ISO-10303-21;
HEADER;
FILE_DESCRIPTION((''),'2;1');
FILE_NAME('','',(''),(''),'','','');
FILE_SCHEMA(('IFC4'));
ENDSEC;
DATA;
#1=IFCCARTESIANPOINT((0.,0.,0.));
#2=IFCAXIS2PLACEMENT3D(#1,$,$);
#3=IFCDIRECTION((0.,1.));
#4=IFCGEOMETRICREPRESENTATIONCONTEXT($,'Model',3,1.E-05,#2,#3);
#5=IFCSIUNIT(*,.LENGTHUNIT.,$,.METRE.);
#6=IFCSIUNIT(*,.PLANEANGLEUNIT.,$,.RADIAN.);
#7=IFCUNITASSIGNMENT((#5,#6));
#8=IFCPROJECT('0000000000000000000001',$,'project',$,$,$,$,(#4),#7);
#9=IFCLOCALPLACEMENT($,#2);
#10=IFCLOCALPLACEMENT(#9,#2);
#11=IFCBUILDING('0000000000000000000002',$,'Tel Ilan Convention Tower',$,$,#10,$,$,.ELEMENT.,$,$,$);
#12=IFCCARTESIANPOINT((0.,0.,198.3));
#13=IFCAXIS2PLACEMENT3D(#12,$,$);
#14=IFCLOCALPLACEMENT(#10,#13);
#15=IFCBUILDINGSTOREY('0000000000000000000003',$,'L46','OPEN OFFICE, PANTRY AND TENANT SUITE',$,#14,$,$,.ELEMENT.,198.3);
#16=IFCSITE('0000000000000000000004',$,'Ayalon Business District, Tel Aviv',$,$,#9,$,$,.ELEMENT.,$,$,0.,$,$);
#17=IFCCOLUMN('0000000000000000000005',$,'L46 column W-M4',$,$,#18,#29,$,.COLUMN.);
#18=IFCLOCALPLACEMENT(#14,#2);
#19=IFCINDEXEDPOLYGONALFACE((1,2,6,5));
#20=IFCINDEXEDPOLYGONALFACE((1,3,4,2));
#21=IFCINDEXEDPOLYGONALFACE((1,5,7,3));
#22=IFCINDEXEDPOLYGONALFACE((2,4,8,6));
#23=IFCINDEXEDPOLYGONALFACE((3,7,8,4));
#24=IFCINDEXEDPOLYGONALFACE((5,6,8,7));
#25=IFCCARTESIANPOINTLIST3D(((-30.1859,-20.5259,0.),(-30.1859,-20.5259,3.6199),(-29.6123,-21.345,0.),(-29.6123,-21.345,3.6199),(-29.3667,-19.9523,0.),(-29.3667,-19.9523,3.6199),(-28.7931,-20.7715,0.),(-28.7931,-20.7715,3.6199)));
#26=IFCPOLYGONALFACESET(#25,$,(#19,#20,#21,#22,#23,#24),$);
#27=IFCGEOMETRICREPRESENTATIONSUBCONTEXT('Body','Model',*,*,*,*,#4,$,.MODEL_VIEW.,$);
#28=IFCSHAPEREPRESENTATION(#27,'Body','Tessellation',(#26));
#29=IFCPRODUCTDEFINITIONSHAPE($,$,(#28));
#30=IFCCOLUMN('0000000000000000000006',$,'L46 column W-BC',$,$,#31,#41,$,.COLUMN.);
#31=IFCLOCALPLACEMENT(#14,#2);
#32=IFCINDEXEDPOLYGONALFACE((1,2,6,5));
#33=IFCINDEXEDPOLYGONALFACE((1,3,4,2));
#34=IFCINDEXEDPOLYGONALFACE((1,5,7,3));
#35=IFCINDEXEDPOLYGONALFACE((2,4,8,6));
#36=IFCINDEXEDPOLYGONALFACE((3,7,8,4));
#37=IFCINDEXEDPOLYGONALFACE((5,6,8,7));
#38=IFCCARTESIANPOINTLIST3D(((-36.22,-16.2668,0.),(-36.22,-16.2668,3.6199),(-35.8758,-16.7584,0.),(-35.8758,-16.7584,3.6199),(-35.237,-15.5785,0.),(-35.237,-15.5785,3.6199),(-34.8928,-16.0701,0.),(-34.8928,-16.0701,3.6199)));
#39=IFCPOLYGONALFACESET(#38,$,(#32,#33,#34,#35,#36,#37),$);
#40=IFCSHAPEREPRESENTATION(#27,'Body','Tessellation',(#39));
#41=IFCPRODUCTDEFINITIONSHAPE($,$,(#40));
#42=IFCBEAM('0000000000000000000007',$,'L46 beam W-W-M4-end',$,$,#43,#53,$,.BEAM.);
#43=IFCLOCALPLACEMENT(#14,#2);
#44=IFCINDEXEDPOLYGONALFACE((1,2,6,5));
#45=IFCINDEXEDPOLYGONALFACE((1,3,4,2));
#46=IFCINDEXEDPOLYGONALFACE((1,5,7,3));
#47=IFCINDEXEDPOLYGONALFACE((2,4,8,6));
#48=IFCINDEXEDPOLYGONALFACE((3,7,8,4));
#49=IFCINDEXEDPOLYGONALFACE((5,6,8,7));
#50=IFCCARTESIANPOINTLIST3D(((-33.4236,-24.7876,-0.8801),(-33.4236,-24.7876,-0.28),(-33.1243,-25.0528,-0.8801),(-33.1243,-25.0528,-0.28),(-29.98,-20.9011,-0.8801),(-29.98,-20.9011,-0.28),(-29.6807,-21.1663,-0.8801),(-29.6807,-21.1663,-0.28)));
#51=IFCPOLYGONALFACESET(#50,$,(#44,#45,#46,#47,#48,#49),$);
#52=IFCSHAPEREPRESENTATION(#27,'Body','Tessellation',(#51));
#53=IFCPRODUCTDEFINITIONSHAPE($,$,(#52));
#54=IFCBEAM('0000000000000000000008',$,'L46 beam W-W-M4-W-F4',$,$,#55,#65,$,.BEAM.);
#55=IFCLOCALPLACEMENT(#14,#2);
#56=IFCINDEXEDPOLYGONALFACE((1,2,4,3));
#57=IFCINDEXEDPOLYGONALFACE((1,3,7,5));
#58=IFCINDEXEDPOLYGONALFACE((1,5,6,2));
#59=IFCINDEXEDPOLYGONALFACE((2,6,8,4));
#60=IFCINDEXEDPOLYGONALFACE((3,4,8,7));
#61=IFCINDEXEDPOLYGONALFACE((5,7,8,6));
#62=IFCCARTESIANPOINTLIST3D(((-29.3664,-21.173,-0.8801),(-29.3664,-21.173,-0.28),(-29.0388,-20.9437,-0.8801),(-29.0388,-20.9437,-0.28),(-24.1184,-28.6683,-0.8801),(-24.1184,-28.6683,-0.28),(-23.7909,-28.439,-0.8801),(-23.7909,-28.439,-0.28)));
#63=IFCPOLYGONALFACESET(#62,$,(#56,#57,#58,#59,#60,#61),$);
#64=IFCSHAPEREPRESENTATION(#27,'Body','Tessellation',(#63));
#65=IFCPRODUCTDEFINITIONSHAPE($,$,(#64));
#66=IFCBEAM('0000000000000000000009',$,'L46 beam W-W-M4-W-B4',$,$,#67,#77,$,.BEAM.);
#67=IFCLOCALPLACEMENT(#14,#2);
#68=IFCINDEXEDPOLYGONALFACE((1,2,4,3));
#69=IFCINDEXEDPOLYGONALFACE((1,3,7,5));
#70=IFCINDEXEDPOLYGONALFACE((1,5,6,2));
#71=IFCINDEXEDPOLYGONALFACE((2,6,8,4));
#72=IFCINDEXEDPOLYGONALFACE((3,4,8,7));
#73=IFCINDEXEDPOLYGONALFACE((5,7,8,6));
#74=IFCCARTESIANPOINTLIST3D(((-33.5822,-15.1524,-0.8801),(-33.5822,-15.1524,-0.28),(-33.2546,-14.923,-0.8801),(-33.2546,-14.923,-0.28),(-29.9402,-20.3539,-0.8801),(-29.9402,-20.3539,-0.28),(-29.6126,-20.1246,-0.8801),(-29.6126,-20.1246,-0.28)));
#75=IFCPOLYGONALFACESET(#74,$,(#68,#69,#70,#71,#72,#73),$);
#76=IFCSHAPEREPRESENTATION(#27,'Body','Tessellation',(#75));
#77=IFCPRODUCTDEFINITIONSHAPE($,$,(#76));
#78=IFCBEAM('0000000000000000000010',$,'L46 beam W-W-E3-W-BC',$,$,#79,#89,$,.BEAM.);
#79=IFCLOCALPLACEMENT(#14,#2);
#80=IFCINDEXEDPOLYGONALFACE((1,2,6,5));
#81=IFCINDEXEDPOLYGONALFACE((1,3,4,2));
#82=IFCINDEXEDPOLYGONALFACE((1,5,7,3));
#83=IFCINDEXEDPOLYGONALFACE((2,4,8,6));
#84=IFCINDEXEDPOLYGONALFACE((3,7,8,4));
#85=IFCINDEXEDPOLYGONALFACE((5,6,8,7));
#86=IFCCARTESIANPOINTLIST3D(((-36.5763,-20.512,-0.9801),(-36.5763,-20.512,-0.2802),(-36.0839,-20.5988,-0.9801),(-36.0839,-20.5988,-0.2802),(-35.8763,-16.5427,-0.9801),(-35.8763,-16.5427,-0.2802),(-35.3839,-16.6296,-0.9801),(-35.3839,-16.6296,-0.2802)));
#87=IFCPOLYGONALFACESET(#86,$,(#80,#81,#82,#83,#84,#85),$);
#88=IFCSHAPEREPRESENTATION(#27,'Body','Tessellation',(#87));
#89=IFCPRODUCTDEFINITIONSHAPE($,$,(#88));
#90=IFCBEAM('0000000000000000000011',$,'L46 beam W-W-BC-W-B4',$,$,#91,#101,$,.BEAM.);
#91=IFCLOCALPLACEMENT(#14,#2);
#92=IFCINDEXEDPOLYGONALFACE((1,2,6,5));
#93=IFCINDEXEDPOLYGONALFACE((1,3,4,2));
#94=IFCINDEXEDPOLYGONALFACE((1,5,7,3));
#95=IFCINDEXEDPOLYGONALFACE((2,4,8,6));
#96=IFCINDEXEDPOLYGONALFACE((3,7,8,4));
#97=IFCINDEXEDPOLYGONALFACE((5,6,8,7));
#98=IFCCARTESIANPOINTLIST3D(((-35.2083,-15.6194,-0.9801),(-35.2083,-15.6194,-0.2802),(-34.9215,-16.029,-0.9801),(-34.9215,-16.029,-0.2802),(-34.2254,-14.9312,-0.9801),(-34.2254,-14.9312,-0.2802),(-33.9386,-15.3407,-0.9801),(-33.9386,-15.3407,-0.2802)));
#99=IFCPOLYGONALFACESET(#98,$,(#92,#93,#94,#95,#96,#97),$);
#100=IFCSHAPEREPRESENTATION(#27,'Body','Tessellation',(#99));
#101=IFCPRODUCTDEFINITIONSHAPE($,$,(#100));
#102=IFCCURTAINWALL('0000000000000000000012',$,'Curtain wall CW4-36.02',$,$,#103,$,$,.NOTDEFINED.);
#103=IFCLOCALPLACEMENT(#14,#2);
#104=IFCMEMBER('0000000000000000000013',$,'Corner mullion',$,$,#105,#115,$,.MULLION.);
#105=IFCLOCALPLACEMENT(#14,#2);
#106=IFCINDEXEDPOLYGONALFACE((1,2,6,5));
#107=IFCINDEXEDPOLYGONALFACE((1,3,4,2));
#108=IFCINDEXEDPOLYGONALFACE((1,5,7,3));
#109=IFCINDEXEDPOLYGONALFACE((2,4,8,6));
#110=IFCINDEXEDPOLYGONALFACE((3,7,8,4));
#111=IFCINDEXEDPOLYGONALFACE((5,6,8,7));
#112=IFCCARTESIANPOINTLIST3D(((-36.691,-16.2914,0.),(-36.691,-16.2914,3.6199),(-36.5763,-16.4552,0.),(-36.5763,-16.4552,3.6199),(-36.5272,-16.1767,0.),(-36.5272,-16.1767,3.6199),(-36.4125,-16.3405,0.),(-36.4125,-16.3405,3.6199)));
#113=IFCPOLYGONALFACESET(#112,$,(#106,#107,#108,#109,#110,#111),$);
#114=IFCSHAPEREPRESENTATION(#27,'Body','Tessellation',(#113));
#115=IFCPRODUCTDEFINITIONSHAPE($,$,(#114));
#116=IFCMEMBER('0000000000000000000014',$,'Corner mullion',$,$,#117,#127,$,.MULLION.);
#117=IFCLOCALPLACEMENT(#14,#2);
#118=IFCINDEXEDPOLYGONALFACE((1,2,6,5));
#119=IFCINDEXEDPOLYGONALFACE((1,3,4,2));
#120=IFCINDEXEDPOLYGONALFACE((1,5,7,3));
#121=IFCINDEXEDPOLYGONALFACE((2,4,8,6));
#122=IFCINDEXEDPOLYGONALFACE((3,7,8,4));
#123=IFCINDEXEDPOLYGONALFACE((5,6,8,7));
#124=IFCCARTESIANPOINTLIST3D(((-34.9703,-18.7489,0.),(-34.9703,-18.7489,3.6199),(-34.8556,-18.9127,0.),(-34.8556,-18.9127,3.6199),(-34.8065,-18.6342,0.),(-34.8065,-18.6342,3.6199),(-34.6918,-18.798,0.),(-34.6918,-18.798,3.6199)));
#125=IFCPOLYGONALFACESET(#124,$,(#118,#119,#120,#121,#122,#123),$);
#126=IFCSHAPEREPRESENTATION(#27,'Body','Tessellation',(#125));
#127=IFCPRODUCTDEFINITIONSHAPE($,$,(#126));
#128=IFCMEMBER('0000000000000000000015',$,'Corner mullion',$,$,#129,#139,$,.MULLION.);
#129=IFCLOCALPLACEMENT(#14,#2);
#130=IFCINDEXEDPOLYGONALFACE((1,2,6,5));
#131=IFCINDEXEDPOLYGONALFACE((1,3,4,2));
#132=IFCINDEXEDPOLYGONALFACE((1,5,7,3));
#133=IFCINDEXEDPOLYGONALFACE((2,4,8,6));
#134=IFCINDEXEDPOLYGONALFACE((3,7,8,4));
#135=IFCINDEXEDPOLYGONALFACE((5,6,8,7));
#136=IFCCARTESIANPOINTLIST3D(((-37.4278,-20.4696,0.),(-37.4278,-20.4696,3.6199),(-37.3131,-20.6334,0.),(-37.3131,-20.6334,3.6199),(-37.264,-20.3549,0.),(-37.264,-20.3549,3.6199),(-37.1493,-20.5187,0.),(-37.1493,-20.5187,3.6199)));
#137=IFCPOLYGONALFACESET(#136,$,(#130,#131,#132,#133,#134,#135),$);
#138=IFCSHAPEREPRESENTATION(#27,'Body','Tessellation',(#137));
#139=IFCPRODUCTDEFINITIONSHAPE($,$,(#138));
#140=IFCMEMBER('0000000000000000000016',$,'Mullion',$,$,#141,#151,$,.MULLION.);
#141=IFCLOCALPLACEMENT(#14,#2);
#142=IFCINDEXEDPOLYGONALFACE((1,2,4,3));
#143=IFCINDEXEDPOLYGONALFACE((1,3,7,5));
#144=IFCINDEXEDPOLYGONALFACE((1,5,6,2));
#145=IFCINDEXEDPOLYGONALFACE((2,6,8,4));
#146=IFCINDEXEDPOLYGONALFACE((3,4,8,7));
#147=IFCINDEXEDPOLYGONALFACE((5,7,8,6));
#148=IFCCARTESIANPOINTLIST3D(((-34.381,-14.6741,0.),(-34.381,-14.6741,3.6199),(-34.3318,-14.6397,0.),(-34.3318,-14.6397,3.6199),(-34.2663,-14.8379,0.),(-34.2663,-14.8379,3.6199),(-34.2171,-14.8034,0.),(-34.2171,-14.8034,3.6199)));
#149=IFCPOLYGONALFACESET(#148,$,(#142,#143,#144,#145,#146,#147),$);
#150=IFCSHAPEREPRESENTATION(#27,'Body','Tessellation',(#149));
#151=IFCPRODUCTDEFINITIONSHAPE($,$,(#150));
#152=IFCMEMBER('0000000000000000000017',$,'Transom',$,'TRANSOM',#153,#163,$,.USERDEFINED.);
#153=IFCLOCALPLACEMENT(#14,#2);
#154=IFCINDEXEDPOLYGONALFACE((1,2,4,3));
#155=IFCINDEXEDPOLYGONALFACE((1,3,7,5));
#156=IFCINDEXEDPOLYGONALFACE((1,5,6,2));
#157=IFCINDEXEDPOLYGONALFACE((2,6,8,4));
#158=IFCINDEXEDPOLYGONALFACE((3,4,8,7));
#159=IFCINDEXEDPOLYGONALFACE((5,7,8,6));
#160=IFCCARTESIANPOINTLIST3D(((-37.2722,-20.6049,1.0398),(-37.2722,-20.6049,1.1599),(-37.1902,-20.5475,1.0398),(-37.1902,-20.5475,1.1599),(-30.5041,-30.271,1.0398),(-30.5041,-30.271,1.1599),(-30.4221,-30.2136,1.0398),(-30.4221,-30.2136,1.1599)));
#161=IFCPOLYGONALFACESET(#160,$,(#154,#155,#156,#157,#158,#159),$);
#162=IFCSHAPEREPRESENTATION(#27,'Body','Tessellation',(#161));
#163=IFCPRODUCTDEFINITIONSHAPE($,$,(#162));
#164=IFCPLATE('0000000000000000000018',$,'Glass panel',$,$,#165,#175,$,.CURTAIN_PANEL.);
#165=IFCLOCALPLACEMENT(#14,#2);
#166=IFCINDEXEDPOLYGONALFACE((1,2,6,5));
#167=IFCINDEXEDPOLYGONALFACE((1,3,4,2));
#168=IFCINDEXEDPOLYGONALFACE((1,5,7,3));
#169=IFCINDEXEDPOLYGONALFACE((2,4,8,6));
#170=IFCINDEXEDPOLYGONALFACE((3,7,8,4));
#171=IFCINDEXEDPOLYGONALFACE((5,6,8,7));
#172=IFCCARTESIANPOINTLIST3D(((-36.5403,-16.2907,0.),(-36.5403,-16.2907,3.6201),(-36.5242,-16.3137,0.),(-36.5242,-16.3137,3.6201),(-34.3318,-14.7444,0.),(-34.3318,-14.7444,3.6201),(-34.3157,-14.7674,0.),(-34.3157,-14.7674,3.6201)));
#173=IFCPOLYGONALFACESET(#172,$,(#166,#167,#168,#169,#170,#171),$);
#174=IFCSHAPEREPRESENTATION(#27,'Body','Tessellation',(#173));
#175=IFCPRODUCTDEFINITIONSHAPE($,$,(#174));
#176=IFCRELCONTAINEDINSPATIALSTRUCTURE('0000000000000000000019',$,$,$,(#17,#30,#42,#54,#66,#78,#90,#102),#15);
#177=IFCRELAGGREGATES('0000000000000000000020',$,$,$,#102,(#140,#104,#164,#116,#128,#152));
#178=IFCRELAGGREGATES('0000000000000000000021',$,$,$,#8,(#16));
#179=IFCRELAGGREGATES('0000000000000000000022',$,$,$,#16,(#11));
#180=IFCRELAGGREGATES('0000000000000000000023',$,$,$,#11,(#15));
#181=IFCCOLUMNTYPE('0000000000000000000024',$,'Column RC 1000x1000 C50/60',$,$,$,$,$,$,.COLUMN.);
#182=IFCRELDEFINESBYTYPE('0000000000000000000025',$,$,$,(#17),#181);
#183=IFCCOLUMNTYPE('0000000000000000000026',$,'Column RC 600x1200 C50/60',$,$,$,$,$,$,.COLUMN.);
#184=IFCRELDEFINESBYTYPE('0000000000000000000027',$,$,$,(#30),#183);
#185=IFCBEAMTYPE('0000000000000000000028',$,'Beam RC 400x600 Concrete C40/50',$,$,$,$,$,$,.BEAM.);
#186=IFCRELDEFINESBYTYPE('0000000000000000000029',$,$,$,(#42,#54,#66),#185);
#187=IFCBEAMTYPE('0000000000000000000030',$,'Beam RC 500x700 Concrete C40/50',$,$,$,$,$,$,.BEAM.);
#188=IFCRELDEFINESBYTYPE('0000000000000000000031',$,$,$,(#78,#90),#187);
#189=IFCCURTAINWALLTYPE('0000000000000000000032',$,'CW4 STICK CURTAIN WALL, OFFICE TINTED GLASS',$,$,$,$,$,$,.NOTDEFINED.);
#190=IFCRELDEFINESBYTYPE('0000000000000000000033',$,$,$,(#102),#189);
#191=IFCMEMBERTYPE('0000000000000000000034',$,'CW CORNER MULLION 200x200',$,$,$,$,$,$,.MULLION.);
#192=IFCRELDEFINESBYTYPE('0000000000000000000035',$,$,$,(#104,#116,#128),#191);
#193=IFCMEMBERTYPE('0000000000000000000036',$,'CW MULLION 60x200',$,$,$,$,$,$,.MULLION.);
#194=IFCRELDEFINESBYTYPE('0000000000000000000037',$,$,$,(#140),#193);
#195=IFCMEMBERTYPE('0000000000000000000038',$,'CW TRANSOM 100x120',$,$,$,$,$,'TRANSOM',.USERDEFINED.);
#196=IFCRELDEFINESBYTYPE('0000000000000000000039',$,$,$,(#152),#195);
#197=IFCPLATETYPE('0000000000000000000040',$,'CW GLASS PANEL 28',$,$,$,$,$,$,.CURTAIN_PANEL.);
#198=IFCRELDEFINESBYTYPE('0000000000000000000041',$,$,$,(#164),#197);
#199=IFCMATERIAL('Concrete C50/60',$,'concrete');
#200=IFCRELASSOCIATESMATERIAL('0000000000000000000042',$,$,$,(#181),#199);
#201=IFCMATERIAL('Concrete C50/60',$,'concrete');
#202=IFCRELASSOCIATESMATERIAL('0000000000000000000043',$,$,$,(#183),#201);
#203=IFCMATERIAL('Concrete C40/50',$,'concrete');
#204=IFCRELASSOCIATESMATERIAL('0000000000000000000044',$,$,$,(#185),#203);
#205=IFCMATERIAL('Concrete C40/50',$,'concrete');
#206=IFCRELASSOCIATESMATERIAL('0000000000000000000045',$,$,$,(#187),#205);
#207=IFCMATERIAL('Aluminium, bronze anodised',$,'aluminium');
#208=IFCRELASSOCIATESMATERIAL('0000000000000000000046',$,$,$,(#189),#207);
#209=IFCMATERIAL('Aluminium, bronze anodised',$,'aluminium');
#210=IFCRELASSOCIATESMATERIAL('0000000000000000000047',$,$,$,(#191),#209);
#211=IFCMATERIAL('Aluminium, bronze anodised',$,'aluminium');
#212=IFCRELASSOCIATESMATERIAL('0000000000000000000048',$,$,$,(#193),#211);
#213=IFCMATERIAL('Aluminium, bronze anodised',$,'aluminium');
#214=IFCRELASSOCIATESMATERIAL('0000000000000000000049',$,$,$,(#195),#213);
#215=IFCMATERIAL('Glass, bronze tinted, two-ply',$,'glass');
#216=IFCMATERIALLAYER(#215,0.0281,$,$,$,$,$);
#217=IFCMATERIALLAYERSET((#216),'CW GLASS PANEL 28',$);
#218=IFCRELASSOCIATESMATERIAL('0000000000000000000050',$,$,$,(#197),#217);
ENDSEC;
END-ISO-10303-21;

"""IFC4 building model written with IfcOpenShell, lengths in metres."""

from ifc_helpers import new_model, si_unit, direction, frame, origin, origin_2d, place, context, subcontext, project, spatial, rectangle, extrude, material, layer, layer_set, material_profile, profile_set, type_object, element, aggregate, save


model = new_model("IFC4")

# Units and contexts
model_context = context("Model", 3, precision=1e-05, world=origin(), true_north=direction((0.0, 1.0)))
body_context = subcontext(model_context, "Body", "Model", "MODEL_VIEW")
ifc_project = project(units=[si_unit("LENGTHUNIT", "METRE"), si_unit("PLANEANGLEUNIT", "RADIAN")], contexts=[model_context])

# Site, building, storey
site_placement = place(None, origin())
site = spatial("IfcSite", under=ifc_project, at=site_placement, Name="Ayalon Business District, Tel Aviv", CompositionType="ELEMENT", RefElevation=0.0)
building_placement = place(site_placement, origin())
building = spatial("IfcBuilding", under=site, at=building_placement, Name="Tel Ilan Convention Tower", CompositionType="ELEMENT")
storey_placement = place(building_placement, frame((0.0, 0.0, 198.3)))
storey = spatial("IfcBuildingStorey", under=building, at=storey_placement, Name="L46", Description="OPEN OFFICE, PANTRY AND TENANT SUITE", CompositionType="ELEMENT", Elevation=198.3)

# Columns
ifc_material_1 = material(Name="Concrete C50/60", Category="concrete")
ifc_material_profile_1 = material_profile(ifc_material_1, rectangle(XDim=1.0, YDim=1.0, at=origin_2d()), Name="RC 1000x1000")
ifc_profile_set_1 = profile_set([ifc_material_profile_1], Name="Concrete C50/60")
column_type_1 = type_object("IfcColumnType", Name="Column RC 1000x1000 C50/60", PredefinedType="COLUMN", material=ifc_profile_set_1)
column_1_placement = place(storey_placement, frame((-29.4895, -20.6487, 0.0), z_axis=(0.0, 0.0, 1.0), x_axis=(-0.819152, -0.573576, 0.0)))
element("IfcColumn", 1, at=column_1_placement, inside=storey, type_object=column_type_1, Name="L46 column W-M4", PredefinedType="COLUMN", context=body_context, shape_type="SweptSolid", body=[
    extrude(rectangle(XDim=1.0, YDim=1.0, at=origin_2d()), origin(), (0.0, 0.0, 1.0), 3.6199),
])
ifc_material_2 = material(Name="Concrete C50/60", Category="concrete")
ifc_material_profile_2 = material_profile(ifc_material_2, rectangle(XDim=1.2, YDim=0.6001, at=origin_2d()), Name="RC 600x1200")
ifc_profile_set_2 = profile_set([ifc_material_profile_2], Name="Concrete C50/60")
column_type_2 = type_object("IfcColumnType", Name="Column RC 600x1200 C50/60", PredefinedType="COLUMN", material=ifc_profile_set_2)
column_2_placement = place(storey_placement, frame((-35.5564, -16.1685, 0.0), z_axis=(0.0, 0.0, 1.0), x_axis=(-0.819152, -0.573576, 0.0)))
element("IfcColumn", 2, at=column_2_placement, inside=storey, type_object=column_type_2, Name="L46 column W-BC", PredefinedType="COLUMN", context=body_context, shape_type="SweptSolid", body=[
    extrude(rectangle(XDim=1.2, YDim=0.6001, at=origin_2d()), origin(), (0.0, 0.0, 1.0), 3.6199),
])

# Beams
ifc_material_3 = material(Name="Concrete C40/50", Category="concrete")
ifc_material_profile_3 = material_profile(ifc_material_3, rectangle(XDim=0.3999, YDim=0.6001, at=origin_2d()), Name="RC 400x600")
ifc_profile_set_3 = profile_set([ifc_material_profile_3], Name="Concrete C40/50")
beam_type_1 = type_object("IfcBeamType", Name="Beam RC 400x600 Concrete C40/50", PredefinedType="BEAM", material=ifc_profile_set_3)
beam_1_placement = place(storey_placement, frame((-29.8303, -21.0337, -0.5801), z_axis=(-0.663175, -0.748464, 0.0), x_axis=(0.748464, -0.663175, 0.0)))
element("IfcBeam", 3, at=beam_1_placement, inside=storey, type_object=beam_type_1, Name="L46 beam W-W-M4-end", PredefinedType="BEAM", context=body_context, shape_type="SweptSolid", body=[
    extrude(rectangle(XDim=0.3999, YDim=0.6001, at=origin_2d()), origin(), (0.0, 0.0, 1.0), 5.1926),
])
beam_2_placement = place(storey_placement, frame((-29.2026, -21.0583, -0.5801), z_axis=(0.573557, -0.819165, 0.0), x_axis=(0.819165, 0.573557, 0.0)))
element("IfcBeam", 4, at=beam_2_placement, inside=storey, type_object=beam_type_1, Name="L46 beam W-W-M4-W-F4", PredefinedType="BEAM", context=body_context, shape_type="SweptSolid", body=[
    extrude(rectangle(XDim=0.3999, YDim=0.6001, at=origin_2d()), origin(), (0.0, 0.0, 1.0), 9.1499),
])
beam_3_placement = place(storey_placement, frame((-29.7764, -20.2393, -0.5801), z_axis=(-0.57356, 0.819163, 0.0), x_axis=(-0.819163, -0.57356, 0.0)))
element("IfcBeam", 5, at=beam_3_placement, inside=storey, type_object=beam_type_1, Name="L46 beam W-W-M4-W-B4", PredefinedType="BEAM", context=body_context, shape_type="SweptSolid", body=[
    extrude(rectangle(XDim=0.3999, YDim=0.6001, at=origin_2d()), origin(), (0.0, 0.0, 1.0), 6.3499),
])
ifc_material_4 = material(Name="Concrete C40/50", Category="concrete")
ifc_material_profile_4 = material_profile(ifc_material_4, rectangle(XDim=0.5, YDim=0.7, at=origin_2d()), Name="RC 500x700")
ifc_profile_set_4 = profile_set([ifc_material_profile_4], Name="Concrete C40/50")
beam_type_2 = type_object("IfcBeamType", Name="Beam RC 500x700 Concrete C40/50", PredefinedType="BEAM", material=ifc_profile_set_4)
beam_4_placement = place(storey_placement, frame((-36.3301, -20.5554, -0.6301), z_axis=(0.173664, 0.984805, 0.0), x_axis=(-0.984805, 0.173664, 0.0)))
element("IfcBeam", 6, at=beam_4_placement, inside=storey, type_object=beam_type_2, Name="L46 beam W-W-E3-W-BC", PredefinedType="BEAM", context=body_context, shape_type="SweptSolid", body=[
    extrude(rectangle(XDim=0.5, YDim=0.7, at=origin_2d()), origin(), (0.0, 0.0, 1.0), 4.0305),
])
beam_5_placement = place(storey_placement, frame((-35.0649, -15.8242, -0.6301), z_axis=(0.819155, 0.573572, 0.0), x_axis=(-0.573572, 0.819155, 0.0)))
element("IfcBeam", 7, at=beam_5_placement, inside=storey, type_object=beam_type_2, Name="L46 beam W-W-BC-W-B4", PredefinedType="BEAM", context=body_context, shape_type="SweptSolid", body=[
    extrude(rectangle(XDim=0.5, YDim=0.7, at=origin_2d()), origin(), (0.0, 0.0, 1.0), 1.2),
])

# Curtain wall, members, plate
ifc_material_5 = material(Name="Aluminium, bronze anodised", Category="aluminium")
curtain_wall_type = type_object("IfcCurtainWallType", Name="CW4 STICK CURTAIN WALL, OFFICE TINTED GLASS", PredefinedType="NOTDEFINED", material=ifc_material_5)
curtain_wall_placement = place(storey_placement, origin())
curtain_wall = element("IfcCurtainWall", 8, at=curtain_wall_placement, inside=storey, type_object=curtain_wall_type, Name="Curtain wall CW4-36.02", PredefinedType="NOTDEFINED")
ifc_material_6 = material(Name="Aluminium, bronze anodised", Category="aluminium")
ifc_material_profile_5 = material_profile(ifc_material_6, rectangle(XDim=0.2, YDim=0.2, at=origin_2d()), Name="CW CORNER MULLION 200x200")
ifc_profile_set_5 = profile_set([ifc_material_profile_5], Name="Aluminium, bronze anodised")
member_type_1 = type_object("IfcMemberType", Name="CW CORNER MULLION 200x200", PredefinedType="MULLION", material=ifc_profile_set_5)
member_1_placement = place(storey_placement, frame((-36.5518, -16.3159, 0.0), z_axis=(0.0, 0.0, 1.0), x_axis=(-0.819152, -0.573576, 0.0)))
member_1 = element("IfcMember", 9, at=member_1_placement, type_object=member_type_1, Name="Corner mullion", PredefinedType="MULLION", context=body_context, shape_type="SweptSolid", body=[
    extrude(rectangle(XDim=0.2, YDim=0.2, at=origin_2d()), origin(), (0.0, 0.0, 1.0), 3.6199),
])
member_2_placement = place(storey_placement, frame((-34.8311, -18.7734, 0.0), z_axis=(0.0, 0.0, 1.0), x_axis=(0.573576, -0.819152, 0.0)))
member_2 = element("IfcMember", 10, at=member_2_placement, type_object=member_type_1, Name="Corner mullion", PredefinedType="MULLION", context=body_context, shape_type="SweptSolid", body=[
    extrude(rectangle(XDim=0.2, YDim=0.2, at=origin_2d()), origin(), (0.0, 0.0, 1.0), 3.6199),
])
member_3_placement = place(storey_placement, frame((-37.2886, -20.4941, 0.0), z_axis=(0.0, 0.0, 1.0), x_axis=(-0.819152, -0.573576, 0.0)))
member_3 = element("IfcMember", 11, at=member_3_placement, type_object=member_type_1, Name="Corner mullion", PredefinedType="MULLION", context=body_context, shape_type="SweptSolid", body=[
    extrude(rectangle(XDim=0.2, YDim=0.2, at=origin_2d()), origin(), (0.0, 0.0, 1.0), 3.6199),
])
ifc_material_7 = material(Name="Aluminium, bronze anodised", Category="aluminium")
ifc_material_profile_6 = material_profile(ifc_material_7, rectangle(XDim=0.0601, YDim=0.2, at=origin_2d()), Name="CW MULLION 60x200")
ifc_profile_set_6 = profile_set([ifc_material_profile_6], Name="Aluminium, bronze anodised")
member_type_2 = type_object("IfcMemberType", Name="CW MULLION 60x200", PredefinedType="MULLION", material=ifc_profile_set_6)
member_4_placement = place(storey_placement, frame((-34.2991, -14.7388, 0.0), z_axis=(0.0, 0.0, 1.0), x_axis=(-0.819152, -0.573576, 0.0)))
member_4 = element("IfcMember", 12, at=member_4_placement, type_object=member_type_2, Name="Mullion", PredefinedType="MULLION", context=body_context, shape_type="SweptSolid", body=[
    extrude(rectangle(XDim=0.0601, YDim=0.2, at=origin_2d()), origin(), (0.0, 0.0, 1.0), 3.6199),
])
ifc_material_8 = material(Name="Aluminium, bronze anodised", Category="aluminium")
ifc_material_profile_7 = material_profile(ifc_material_8, rectangle(XDim=0.1001, YDim=0.1201, at=origin_2d()), Name="CW TRANSOM 100x120")
ifc_profile_set_7 = profile_set([ifc_material_profile_7], Name="Aluminium, bronze anodised")
member_type_3 = type_object("IfcMemberType", Name="CW TRANSOM 100x120", ElementType="TRANSOM", PredefinedType="USERDEFINED", material=ifc_profile_set_7)
member_5_placement = place(storey_placement, frame((-37.2312, -20.5762, 1.0999), z_axis=(0.573568, -0.819158, 0.0), x_axis=(0.819158, 0.573568, 0.0)))
member_5 = element("IfcMember", 13, at=member_5_placement, type_object=member_type_3, Name="Transom", ObjectType="TRANSOM", PredefinedType="USERDEFINED", context=body_context, shape_type="SweptSolid", body=[
    extrude(rectangle(XDim=0.1001, YDim=0.1201, at=origin_2d()), origin(), (0.0, 0.0, 1.0), 11.8),
])
ifc_material_9 = material(Name="Glass, bronze tinted, two-ply", Category="glass")
ifc_layer_1 = layer(ifc_material_9, 0.0281)
ifc_layer_set_1 = layer_set([ifc_layer_1], Name="CW GLASS PANEL 28")
plate_type = type_object("IfcPlateType", Name="CW GLASS PANEL 28", PredefinedType="CURTAIN_PANEL", material=ifc_layer_set_1)
plate_1_placement = place(storey_placement, frame((-35.428, -15.5291, 0.0), z_axis=(0.0, 0.0, 1.0), x_axis=(-0.819152, -0.573576, 0.0)))
plate_1 = element("IfcPlate", 14, at=plate_1_placement, type_object=plate_type, Name="Glass panel", PredefinedType="CURTAIN_PANEL", context=body_context, shape_type="SweptSolid", body=[
    extrude(rectangle(XDim=2.696, YDim=0.0281, at=origin_2d()), origin(), (0.0, 0.0, 1.0), 3.6201),
])
aggregate(curtain_wall, [member_4, member_1, plate_1, member_2, member_3, member_5])

save(model, "model.ifc")
